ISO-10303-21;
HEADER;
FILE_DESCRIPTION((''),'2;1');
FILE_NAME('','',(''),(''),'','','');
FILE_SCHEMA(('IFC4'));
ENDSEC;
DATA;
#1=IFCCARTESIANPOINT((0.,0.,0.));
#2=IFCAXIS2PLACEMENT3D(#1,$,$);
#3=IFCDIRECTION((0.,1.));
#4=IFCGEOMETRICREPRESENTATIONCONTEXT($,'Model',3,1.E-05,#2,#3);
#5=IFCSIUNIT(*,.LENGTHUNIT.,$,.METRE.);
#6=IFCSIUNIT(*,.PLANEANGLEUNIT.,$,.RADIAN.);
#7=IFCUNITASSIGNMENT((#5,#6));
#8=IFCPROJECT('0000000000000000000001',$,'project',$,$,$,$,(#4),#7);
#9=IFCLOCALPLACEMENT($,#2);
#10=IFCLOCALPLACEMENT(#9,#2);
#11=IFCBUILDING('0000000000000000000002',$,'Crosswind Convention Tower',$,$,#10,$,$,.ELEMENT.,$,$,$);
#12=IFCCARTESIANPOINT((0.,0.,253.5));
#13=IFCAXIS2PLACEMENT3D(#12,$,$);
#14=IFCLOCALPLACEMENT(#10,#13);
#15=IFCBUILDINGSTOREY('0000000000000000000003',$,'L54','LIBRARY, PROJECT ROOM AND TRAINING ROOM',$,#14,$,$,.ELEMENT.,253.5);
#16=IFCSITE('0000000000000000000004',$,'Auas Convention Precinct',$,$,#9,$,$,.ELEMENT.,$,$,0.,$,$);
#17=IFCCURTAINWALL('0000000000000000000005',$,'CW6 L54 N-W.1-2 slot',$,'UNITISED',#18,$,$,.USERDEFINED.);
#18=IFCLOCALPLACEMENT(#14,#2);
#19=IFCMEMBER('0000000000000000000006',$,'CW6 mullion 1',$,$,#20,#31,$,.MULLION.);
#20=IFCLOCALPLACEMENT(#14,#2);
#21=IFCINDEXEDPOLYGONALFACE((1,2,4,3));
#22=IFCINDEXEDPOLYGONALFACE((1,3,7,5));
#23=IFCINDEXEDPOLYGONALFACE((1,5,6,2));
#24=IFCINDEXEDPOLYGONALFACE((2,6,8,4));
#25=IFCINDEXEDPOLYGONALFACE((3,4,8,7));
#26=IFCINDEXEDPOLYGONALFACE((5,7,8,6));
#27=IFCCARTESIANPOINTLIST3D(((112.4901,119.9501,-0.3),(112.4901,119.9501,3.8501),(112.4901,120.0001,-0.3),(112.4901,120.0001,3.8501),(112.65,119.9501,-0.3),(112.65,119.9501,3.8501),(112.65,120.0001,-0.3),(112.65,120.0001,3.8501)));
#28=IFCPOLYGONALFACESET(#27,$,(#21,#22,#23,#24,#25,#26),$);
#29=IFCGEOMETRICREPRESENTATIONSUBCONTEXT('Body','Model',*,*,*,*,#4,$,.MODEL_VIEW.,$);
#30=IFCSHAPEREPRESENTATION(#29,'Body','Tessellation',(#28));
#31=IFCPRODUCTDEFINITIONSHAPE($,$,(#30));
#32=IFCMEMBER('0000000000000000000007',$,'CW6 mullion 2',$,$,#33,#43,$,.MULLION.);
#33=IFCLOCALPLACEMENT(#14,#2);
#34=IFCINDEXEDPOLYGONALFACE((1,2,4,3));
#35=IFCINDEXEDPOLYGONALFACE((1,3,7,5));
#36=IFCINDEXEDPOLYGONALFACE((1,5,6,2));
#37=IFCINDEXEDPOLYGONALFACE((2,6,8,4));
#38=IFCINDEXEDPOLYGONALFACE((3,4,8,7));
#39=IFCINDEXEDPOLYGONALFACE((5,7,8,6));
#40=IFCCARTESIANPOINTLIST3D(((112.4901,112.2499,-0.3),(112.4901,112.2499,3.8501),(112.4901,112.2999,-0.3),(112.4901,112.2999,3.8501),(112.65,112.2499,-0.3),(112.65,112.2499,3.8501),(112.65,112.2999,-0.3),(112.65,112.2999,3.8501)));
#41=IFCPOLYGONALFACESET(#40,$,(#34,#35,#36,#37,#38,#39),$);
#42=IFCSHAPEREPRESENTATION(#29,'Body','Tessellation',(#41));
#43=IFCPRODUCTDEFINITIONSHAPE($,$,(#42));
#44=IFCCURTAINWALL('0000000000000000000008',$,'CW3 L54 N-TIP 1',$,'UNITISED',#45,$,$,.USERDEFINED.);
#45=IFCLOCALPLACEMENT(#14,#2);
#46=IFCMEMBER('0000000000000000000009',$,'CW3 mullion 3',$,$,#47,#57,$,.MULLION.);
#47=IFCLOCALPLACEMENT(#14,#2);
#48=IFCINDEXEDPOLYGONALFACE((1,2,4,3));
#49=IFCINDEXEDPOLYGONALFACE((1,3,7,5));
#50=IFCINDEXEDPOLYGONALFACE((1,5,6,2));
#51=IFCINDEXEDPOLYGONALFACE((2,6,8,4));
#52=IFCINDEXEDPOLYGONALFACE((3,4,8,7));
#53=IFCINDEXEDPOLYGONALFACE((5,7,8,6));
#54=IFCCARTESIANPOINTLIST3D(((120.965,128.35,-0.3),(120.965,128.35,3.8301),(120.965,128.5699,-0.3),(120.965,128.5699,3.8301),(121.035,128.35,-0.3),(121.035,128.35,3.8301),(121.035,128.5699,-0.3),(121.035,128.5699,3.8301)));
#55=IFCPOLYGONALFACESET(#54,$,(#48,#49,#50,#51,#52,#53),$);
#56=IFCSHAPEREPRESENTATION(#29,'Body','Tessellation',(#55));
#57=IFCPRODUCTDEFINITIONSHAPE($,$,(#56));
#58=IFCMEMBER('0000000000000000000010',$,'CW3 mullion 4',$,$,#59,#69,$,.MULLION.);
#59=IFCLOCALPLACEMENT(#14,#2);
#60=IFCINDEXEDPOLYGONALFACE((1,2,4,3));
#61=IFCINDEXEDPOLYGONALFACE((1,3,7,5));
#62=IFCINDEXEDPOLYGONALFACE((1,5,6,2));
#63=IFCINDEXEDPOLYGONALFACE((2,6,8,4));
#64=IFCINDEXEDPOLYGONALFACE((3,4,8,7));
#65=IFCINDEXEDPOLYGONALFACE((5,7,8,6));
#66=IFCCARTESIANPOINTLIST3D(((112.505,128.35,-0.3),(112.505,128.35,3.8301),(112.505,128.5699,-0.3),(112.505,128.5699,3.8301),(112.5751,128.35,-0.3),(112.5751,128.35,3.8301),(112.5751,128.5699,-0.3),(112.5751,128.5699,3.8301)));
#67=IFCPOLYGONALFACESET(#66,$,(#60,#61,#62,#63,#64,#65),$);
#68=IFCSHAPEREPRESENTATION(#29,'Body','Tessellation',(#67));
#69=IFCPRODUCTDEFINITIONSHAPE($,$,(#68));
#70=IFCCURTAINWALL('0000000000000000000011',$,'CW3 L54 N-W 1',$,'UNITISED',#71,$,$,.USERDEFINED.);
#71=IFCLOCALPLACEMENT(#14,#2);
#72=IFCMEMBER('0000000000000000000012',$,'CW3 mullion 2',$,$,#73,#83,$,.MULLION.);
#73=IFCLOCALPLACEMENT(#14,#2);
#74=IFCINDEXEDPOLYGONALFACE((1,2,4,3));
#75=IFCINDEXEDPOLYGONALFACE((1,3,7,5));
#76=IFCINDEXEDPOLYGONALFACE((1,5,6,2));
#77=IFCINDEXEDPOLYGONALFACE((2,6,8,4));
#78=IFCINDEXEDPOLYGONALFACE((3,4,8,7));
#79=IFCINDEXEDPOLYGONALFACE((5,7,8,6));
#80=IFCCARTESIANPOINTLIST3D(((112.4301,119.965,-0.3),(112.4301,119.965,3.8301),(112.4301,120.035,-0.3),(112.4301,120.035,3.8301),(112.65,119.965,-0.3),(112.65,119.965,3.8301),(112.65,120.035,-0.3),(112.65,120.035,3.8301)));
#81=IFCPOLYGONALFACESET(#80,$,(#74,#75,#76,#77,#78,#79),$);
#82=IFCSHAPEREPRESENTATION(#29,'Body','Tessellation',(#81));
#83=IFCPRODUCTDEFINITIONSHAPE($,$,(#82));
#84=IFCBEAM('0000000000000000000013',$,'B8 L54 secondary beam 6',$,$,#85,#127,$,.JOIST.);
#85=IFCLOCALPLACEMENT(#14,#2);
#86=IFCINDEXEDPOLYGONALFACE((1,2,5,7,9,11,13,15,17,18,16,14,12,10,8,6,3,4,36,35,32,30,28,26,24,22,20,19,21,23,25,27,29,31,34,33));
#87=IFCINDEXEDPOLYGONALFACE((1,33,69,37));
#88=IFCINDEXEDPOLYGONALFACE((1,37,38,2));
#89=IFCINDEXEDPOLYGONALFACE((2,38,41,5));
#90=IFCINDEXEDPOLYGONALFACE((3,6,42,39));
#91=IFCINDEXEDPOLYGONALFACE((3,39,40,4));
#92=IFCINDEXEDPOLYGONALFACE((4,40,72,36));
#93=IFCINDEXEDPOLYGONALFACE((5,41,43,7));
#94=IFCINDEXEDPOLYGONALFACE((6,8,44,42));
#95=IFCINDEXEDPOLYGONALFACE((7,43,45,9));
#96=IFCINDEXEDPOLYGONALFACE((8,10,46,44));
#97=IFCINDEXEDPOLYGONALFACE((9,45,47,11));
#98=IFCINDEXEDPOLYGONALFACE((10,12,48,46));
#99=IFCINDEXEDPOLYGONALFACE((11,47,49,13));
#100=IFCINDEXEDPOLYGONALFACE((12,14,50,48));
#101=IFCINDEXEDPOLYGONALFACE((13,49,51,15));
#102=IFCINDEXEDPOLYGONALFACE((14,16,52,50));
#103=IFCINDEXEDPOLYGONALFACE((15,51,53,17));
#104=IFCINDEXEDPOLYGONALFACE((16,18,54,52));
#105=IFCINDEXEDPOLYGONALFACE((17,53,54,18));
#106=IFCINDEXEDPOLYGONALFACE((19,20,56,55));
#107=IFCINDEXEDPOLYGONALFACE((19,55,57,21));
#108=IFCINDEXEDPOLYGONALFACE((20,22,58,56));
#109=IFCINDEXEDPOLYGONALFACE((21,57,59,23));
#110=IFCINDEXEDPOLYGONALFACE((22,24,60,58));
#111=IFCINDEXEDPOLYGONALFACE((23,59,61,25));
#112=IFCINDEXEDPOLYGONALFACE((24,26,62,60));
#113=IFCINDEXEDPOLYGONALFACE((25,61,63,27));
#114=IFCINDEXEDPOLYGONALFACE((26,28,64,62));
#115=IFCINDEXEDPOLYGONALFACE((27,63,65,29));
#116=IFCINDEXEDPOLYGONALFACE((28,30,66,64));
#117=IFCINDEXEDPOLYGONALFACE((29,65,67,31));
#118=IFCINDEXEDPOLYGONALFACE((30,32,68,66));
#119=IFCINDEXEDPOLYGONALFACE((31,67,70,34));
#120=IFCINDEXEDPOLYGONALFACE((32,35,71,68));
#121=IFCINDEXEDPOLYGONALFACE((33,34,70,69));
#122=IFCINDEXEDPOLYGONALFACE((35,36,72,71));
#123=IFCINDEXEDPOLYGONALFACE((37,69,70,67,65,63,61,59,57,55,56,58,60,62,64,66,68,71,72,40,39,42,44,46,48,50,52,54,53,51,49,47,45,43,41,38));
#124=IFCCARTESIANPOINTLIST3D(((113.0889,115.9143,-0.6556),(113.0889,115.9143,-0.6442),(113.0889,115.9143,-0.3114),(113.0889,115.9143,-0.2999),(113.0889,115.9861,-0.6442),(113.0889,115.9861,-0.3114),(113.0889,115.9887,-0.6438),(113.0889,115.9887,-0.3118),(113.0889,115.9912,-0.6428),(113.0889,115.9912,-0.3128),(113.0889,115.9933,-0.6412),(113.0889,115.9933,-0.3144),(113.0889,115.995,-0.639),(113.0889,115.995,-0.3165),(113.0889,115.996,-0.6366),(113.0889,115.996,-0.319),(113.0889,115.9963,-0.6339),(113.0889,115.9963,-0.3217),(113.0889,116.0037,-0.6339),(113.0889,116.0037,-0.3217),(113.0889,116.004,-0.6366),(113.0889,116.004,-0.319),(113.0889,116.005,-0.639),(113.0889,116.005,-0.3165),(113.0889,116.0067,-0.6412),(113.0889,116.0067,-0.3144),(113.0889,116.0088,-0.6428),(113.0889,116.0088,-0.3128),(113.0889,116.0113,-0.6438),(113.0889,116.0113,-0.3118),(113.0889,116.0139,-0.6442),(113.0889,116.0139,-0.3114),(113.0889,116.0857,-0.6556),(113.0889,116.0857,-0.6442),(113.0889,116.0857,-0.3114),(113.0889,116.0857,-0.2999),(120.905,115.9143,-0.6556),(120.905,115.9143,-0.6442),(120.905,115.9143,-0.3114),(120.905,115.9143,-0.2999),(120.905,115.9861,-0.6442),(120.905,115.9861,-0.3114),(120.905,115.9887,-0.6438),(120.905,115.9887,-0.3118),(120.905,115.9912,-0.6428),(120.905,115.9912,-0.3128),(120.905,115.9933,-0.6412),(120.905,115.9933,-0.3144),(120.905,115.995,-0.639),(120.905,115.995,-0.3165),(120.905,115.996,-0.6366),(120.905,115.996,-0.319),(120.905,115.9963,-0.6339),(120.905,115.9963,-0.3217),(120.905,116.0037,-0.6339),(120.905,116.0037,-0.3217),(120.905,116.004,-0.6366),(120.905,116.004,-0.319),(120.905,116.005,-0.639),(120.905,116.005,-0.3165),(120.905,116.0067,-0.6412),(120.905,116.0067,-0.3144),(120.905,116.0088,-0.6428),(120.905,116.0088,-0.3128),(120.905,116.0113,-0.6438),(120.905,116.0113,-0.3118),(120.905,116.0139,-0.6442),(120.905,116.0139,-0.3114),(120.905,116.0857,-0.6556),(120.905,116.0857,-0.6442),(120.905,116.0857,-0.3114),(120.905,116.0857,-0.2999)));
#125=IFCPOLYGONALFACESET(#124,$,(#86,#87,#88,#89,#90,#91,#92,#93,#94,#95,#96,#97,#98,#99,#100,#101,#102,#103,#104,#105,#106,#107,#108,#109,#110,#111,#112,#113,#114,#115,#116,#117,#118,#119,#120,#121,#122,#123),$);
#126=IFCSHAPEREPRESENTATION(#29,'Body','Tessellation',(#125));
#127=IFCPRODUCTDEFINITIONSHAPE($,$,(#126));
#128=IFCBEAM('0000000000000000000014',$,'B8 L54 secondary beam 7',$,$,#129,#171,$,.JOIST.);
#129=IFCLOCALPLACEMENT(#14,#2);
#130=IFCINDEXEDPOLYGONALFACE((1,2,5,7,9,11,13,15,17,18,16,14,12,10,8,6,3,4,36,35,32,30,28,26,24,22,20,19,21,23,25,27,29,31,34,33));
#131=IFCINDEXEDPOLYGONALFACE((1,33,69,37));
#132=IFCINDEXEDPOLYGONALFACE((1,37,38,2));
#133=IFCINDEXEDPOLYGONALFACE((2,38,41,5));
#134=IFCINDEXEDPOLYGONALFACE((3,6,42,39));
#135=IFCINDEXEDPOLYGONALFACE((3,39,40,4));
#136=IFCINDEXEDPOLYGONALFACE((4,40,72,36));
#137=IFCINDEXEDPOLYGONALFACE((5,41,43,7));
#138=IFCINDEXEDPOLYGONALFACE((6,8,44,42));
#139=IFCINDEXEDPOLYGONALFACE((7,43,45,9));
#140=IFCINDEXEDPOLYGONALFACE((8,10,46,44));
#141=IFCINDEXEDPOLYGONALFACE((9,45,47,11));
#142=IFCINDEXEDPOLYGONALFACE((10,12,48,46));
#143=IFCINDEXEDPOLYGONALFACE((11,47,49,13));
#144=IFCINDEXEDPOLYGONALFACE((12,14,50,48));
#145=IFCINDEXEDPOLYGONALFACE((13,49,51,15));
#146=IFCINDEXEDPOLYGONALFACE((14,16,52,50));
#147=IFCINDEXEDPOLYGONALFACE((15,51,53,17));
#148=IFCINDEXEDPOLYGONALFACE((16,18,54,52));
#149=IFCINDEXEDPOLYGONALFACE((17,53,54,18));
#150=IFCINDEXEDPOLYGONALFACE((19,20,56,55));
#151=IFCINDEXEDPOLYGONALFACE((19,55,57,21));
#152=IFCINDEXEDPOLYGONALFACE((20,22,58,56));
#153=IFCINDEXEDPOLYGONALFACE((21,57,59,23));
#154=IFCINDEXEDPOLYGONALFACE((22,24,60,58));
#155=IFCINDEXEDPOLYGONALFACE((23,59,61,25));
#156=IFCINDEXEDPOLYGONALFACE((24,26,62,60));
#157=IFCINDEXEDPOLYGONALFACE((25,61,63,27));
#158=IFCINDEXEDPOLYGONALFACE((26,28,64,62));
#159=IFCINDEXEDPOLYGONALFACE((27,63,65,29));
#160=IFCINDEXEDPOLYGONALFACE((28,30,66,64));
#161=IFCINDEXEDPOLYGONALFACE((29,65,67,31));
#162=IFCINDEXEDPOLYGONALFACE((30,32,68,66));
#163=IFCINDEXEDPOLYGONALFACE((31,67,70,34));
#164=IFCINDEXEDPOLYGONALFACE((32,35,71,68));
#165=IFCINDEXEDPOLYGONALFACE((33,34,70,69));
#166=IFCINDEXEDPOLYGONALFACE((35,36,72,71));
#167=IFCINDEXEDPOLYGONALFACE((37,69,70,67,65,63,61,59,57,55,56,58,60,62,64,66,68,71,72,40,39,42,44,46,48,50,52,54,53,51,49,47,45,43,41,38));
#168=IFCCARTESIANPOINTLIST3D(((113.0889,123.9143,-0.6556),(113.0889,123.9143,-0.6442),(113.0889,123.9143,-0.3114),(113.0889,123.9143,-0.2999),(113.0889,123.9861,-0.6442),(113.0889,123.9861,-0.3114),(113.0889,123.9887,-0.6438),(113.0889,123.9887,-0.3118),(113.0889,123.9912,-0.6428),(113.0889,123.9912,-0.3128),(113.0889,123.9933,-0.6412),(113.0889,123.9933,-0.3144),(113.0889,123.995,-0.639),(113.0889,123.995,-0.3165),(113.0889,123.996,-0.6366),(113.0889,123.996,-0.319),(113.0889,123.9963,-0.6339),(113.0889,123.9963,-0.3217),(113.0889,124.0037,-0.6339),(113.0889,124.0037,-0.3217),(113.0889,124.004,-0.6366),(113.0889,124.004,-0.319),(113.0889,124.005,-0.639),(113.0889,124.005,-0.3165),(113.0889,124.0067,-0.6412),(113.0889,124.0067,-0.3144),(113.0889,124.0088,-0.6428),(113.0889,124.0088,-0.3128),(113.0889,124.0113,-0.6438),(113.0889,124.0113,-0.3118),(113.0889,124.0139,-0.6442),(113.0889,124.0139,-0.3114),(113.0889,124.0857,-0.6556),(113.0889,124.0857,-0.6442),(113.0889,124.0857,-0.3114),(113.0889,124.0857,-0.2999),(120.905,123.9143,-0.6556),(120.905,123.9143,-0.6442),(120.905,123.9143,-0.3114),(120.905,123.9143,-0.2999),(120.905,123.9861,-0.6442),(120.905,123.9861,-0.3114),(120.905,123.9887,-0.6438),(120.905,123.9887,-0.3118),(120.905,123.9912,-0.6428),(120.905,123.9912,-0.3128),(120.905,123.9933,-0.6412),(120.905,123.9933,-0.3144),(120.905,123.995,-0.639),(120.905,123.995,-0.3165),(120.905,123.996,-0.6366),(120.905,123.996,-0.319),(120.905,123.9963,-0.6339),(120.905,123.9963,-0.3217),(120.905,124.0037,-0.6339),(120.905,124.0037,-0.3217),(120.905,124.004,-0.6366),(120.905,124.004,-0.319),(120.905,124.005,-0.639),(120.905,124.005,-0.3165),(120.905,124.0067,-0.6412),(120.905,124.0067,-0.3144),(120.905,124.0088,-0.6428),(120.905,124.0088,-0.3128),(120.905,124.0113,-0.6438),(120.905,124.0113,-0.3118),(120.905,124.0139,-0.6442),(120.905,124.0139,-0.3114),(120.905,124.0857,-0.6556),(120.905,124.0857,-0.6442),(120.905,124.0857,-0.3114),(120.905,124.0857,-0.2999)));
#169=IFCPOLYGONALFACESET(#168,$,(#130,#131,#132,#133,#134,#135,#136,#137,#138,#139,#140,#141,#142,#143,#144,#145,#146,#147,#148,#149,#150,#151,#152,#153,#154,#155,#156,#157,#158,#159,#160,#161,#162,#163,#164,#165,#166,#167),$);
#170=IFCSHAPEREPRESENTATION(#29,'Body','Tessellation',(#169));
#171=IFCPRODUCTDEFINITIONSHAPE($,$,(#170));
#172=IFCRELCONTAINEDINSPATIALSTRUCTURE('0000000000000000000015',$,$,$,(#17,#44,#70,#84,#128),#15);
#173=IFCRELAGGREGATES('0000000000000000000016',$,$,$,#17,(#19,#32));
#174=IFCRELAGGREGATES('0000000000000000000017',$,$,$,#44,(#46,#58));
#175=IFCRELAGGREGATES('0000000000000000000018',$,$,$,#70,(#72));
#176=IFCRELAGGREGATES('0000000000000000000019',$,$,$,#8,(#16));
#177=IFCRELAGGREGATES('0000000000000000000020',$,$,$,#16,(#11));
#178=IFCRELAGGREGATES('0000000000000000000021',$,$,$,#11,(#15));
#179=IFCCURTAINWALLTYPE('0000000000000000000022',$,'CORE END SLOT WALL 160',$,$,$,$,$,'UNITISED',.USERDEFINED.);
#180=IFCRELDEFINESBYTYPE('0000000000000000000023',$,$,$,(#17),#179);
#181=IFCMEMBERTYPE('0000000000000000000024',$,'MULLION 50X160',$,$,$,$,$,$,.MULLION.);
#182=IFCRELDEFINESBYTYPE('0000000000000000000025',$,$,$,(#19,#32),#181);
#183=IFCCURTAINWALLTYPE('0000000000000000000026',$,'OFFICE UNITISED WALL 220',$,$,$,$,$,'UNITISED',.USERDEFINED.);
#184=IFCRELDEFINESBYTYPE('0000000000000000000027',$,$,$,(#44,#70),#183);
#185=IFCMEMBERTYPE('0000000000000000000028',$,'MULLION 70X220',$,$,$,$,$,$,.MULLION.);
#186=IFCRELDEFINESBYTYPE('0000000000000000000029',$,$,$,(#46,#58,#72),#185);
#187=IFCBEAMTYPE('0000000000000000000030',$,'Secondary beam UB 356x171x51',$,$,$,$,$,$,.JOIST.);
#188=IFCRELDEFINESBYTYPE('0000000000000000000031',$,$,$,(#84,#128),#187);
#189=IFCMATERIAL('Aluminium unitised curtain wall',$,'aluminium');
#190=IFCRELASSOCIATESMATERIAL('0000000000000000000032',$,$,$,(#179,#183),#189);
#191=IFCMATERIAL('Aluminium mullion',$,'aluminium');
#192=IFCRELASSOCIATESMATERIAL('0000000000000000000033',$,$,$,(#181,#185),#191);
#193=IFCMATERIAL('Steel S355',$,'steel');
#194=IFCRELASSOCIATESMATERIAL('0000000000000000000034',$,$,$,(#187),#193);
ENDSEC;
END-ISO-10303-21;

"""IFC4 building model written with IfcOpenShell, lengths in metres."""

from ifc_helpers import new_model, si_unit, direction, frame, origin, origin_2d, place, context, subcontext, project, spatial, rectangle, i_section, extrude, material, material_profile, profile_set, type_object, element, aggregate, save


model = new_model("IFC4")

# Units and contexts
model_context = context("Model", 3, precision=1e-05, world=origin(), true_north=direction((0.0, 1.0)))
body_context = subcontext(model_context, "Body", "Model", "MODEL_VIEW")
ifc_project = project(units=[si_unit("LENGTHUNIT", "METRE"), si_unit("PLANEANGLEUNIT", "RADIAN")], contexts=[model_context])

# Site, building, storey
site_placement = place(None, origin())
site = spatial("IfcSite", under=ifc_project, at=site_placement, Name="Auas Convention Precinct", CompositionType="ELEMENT", RefElevation=0.0)
building_placement = place(site_placement, origin())
building = spatial("IfcBuilding", under=site, at=building_placement, Name="Crosswind Convention Tower", CompositionType="ELEMENT")
storey_placement = place(building_placement, frame((0.0, 0.0, 253.5)))
storey = spatial("IfcBuildingStorey", under=building, at=storey_placement, Name="L54", Description="LIBRARY, PROJECT ROOM AND TRAINING ROOM", CompositionType="ELEMENT", Elevation=253.5)

# Shared definitions
ifc_material_1 = material(Name="Steel S355", Category="steel")

# Curtain walls, members
ifc_material_2 = material(Name="Aluminium unitised curtain wall", Category="aluminium")
curtain_wall_type_1 = type_object("IfcCurtainWallType", Name="CORE END SLOT WALL 160", ElementType="UNITISED", PredefinedType="USERDEFINED", material=ifc_material_2)
curtain_wall_1_placement = place(storey_placement, origin())
curtain_wall_1 = element("IfcCurtainWall", 1, at=curtain_wall_1_placement, inside=storey, type_object=curtain_wall_type_1, Name="CW6 L54 N-W.1-2 slot", ObjectType="UNITISED", PredefinedType="USERDEFINED")
ifc_material_3 = material(Name="Aluminium mullion", Category="aluminium")
ifc_material_profile_1 = material_profile(ifc_material_3, rectangle(XDim=0.1599, YDim=0.05, at=origin_2d()), Name="AL 160X50")
ifc_profile_set_1 = profile_set([ifc_material_profile_1], Name="Aluminium mullion")
member_type_1 = type_object("IfcMemberType", Name="MULLION 50X160", PredefinedType="MULLION", material=ifc_profile_set_1)
member_1_placement = place(storey_placement, frame((112.5701, 119.9751, -0.3), z_axis=(0.0, 0.0, 1.0), x_axis=(-1.0, 0.0, 0.0)))
member_1 = element("IfcMember", 2, at=member_1_placement, type_object=member_type_1, Name="CW6 mullion 1", PredefinedType="MULLION", context=body_context, shape_type="SweptSolid", body=[
    extrude(rectangle(XDim=0.1599, YDim=0.05, at=origin_2d()), origin(), (0.0, 0.0, 1.0), 4.1501),
])
member_2_placement = place(storey_placement, frame((112.5701, 112.2749, -0.3), z_axis=(0.0, 0.0, 1.0), x_axis=(-1.0, 0.0, 0.0)))
member_2 = element("IfcMember", 3, at=member_2_placement, type_object=member_type_1, Name="CW6 mullion 2", PredefinedType="MULLION", context=body_context, shape_type="SweptSolid", body=[
    extrude(rectangle(XDim=0.1599, YDim=0.05, at=origin_2d()), origin(), (0.0, 0.0, 1.0), 4.1501),
])
curtain_wall_type_2 = type_object("IfcCurtainWallType", Name="OFFICE UNITISED WALL 220", ElementType="UNITISED", PredefinedType="USERDEFINED", material=ifc_material_2)
curtain_wall_2_placement = place(storey_placement, origin())
curtain_wall_2 = element("IfcCurtainWall", 4, at=curtain_wall_2_placement, inside=storey, type_object=curtain_wall_type_2, Name="CW3 L54 N-TIP 1", ObjectType="UNITISED", PredefinedType="USERDEFINED")
ifc_material_profile_2 = material_profile(ifc_material_3, rectangle(XDim=0.22, YDim=0.0701, at=origin_2d()), Name="AL 220X70")
ifc_profile_set_2 = profile_set([ifc_material_profile_2], Name="Aluminium mullion")
member_type_2 = type_object("IfcMemberType", Name="MULLION 70X220", PredefinedType="MULLION", material=ifc_profile_set_2)
member_3_placement = place(storey_placement, frame((121.0, 128.46, -0.3), z_axis=(0.0, 0.0, 1.0), x_axis=(0.0, 1.0, 0.0)))
member_3 = element("IfcMember", 5, at=member_3_placement, type_object=member_type_2, Name="CW3 mullion 3", PredefinedType="MULLION", context=body_context, shape_type="SweptSolid", body=[
    extrude(rectangle(XDim=0.22, YDim=0.0701, at=origin_2d()), origin(), (0.0, 0.0, 1.0), 4.1301),
])
member_4_placement = place(storey_placement, frame((112.54, 128.46, -0.3), z_axis=(0.0, 0.0, 1.0), x_axis=(0.0, 1.0, 0.0)))
member_4 = element("IfcMember", 6, at=member_4_placement, type_object=member_type_2, Name="CW3 mullion 4", PredefinedType="MULLION", context=body_context, shape_type="SweptSolid", body=[
    extrude(rectangle(XDim=0.22, YDim=0.0701, at=origin_2d()), origin(), (0.0, 0.0, 1.0), 4.1301),
])

# Curtain wall, member
curtain_wall_3_placement = place(storey_placement, origin())
curtain_wall_3 = element("IfcCurtainWall", 7, at=curtain_wall_3_placement, inside=storey, type_object=curtain_wall_type_2, Name="CW3 L54 N-W 1", ObjectType="UNITISED", PredefinedType="USERDEFINED")
member_5_placement = place(storey_placement, frame((112.54, 120.0, -0.3), z_axis=(0.0, 0.0, 1.0), x_axis=(-1.0, 0.0, 0.0)))
member_5 = element("IfcMember", 8, at=member_5_placement, type_object=member_type_2, Name="CW3 mullion 2", PredefinedType="MULLION", context=body_context, shape_type="SweptSolid", body=[
    extrude(rectangle(XDim=0.22, YDim=0.0701, at=origin_2d()), origin(), (0.0, 0.0, 1.0), 4.1301),
])

# Beams
ifc_material_profile_3 = material_profile(ifc_material_1, i_section(OverallWidth=0.1714, OverallDepth=0.3557, WebThickness=0.0073, FlangeThickness=0.0115, FilletRadius=0.0103, at=origin_2d()), Name="UB 356x171x51")
ifc_profile_set_3 = profile_set([ifc_material_profile_3], Name="Steel S355")
beam_type_1 = type_object("IfcBeamType", Name="Secondary beam UB 356x171x51", PredefinedType="JOIST", material=ifc_profile_set_3)
for number, where, z_axis, x_axis, name in (
    (9, (113.0889, 116.0, -0.4778), (1.0, 0.0, 0.0), (0.0, 1.0, 0.0), "B8 L54 secondary beam 6"),
    (10, (113.0889, 124.0, -0.4778), (1.0, 0.0, 0.0), (0.0, 1.0, 0.0), "B8 L54 secondary beam 7"),
):
    element("IfcBeam", number, at=place(storey_placement, frame(where, z_axis=z_axis, x_axis=x_axis)), inside=storey, type_object=beam_type_1, Name=name, PredefinedType="JOIST", context=body_context, shape_type="SweptSolid", body=[
        extrude(i_section(OverallWidth=0.1714, OverallDepth=0.3557, WebThickness=0.0073, FlangeThickness=0.0115, FilletRadius=0.0103, at=origin_2d()), origin(), (0.0, 0.0, 1.0), 7.8162),
    ])

aggregate(curtain_wall_1, [member_1, member_2])
aggregate(curtain_wall_2, [member_3, member_4])

aggregate(curtain_wall_3, [member_5])

save(model, "model.ifc")
